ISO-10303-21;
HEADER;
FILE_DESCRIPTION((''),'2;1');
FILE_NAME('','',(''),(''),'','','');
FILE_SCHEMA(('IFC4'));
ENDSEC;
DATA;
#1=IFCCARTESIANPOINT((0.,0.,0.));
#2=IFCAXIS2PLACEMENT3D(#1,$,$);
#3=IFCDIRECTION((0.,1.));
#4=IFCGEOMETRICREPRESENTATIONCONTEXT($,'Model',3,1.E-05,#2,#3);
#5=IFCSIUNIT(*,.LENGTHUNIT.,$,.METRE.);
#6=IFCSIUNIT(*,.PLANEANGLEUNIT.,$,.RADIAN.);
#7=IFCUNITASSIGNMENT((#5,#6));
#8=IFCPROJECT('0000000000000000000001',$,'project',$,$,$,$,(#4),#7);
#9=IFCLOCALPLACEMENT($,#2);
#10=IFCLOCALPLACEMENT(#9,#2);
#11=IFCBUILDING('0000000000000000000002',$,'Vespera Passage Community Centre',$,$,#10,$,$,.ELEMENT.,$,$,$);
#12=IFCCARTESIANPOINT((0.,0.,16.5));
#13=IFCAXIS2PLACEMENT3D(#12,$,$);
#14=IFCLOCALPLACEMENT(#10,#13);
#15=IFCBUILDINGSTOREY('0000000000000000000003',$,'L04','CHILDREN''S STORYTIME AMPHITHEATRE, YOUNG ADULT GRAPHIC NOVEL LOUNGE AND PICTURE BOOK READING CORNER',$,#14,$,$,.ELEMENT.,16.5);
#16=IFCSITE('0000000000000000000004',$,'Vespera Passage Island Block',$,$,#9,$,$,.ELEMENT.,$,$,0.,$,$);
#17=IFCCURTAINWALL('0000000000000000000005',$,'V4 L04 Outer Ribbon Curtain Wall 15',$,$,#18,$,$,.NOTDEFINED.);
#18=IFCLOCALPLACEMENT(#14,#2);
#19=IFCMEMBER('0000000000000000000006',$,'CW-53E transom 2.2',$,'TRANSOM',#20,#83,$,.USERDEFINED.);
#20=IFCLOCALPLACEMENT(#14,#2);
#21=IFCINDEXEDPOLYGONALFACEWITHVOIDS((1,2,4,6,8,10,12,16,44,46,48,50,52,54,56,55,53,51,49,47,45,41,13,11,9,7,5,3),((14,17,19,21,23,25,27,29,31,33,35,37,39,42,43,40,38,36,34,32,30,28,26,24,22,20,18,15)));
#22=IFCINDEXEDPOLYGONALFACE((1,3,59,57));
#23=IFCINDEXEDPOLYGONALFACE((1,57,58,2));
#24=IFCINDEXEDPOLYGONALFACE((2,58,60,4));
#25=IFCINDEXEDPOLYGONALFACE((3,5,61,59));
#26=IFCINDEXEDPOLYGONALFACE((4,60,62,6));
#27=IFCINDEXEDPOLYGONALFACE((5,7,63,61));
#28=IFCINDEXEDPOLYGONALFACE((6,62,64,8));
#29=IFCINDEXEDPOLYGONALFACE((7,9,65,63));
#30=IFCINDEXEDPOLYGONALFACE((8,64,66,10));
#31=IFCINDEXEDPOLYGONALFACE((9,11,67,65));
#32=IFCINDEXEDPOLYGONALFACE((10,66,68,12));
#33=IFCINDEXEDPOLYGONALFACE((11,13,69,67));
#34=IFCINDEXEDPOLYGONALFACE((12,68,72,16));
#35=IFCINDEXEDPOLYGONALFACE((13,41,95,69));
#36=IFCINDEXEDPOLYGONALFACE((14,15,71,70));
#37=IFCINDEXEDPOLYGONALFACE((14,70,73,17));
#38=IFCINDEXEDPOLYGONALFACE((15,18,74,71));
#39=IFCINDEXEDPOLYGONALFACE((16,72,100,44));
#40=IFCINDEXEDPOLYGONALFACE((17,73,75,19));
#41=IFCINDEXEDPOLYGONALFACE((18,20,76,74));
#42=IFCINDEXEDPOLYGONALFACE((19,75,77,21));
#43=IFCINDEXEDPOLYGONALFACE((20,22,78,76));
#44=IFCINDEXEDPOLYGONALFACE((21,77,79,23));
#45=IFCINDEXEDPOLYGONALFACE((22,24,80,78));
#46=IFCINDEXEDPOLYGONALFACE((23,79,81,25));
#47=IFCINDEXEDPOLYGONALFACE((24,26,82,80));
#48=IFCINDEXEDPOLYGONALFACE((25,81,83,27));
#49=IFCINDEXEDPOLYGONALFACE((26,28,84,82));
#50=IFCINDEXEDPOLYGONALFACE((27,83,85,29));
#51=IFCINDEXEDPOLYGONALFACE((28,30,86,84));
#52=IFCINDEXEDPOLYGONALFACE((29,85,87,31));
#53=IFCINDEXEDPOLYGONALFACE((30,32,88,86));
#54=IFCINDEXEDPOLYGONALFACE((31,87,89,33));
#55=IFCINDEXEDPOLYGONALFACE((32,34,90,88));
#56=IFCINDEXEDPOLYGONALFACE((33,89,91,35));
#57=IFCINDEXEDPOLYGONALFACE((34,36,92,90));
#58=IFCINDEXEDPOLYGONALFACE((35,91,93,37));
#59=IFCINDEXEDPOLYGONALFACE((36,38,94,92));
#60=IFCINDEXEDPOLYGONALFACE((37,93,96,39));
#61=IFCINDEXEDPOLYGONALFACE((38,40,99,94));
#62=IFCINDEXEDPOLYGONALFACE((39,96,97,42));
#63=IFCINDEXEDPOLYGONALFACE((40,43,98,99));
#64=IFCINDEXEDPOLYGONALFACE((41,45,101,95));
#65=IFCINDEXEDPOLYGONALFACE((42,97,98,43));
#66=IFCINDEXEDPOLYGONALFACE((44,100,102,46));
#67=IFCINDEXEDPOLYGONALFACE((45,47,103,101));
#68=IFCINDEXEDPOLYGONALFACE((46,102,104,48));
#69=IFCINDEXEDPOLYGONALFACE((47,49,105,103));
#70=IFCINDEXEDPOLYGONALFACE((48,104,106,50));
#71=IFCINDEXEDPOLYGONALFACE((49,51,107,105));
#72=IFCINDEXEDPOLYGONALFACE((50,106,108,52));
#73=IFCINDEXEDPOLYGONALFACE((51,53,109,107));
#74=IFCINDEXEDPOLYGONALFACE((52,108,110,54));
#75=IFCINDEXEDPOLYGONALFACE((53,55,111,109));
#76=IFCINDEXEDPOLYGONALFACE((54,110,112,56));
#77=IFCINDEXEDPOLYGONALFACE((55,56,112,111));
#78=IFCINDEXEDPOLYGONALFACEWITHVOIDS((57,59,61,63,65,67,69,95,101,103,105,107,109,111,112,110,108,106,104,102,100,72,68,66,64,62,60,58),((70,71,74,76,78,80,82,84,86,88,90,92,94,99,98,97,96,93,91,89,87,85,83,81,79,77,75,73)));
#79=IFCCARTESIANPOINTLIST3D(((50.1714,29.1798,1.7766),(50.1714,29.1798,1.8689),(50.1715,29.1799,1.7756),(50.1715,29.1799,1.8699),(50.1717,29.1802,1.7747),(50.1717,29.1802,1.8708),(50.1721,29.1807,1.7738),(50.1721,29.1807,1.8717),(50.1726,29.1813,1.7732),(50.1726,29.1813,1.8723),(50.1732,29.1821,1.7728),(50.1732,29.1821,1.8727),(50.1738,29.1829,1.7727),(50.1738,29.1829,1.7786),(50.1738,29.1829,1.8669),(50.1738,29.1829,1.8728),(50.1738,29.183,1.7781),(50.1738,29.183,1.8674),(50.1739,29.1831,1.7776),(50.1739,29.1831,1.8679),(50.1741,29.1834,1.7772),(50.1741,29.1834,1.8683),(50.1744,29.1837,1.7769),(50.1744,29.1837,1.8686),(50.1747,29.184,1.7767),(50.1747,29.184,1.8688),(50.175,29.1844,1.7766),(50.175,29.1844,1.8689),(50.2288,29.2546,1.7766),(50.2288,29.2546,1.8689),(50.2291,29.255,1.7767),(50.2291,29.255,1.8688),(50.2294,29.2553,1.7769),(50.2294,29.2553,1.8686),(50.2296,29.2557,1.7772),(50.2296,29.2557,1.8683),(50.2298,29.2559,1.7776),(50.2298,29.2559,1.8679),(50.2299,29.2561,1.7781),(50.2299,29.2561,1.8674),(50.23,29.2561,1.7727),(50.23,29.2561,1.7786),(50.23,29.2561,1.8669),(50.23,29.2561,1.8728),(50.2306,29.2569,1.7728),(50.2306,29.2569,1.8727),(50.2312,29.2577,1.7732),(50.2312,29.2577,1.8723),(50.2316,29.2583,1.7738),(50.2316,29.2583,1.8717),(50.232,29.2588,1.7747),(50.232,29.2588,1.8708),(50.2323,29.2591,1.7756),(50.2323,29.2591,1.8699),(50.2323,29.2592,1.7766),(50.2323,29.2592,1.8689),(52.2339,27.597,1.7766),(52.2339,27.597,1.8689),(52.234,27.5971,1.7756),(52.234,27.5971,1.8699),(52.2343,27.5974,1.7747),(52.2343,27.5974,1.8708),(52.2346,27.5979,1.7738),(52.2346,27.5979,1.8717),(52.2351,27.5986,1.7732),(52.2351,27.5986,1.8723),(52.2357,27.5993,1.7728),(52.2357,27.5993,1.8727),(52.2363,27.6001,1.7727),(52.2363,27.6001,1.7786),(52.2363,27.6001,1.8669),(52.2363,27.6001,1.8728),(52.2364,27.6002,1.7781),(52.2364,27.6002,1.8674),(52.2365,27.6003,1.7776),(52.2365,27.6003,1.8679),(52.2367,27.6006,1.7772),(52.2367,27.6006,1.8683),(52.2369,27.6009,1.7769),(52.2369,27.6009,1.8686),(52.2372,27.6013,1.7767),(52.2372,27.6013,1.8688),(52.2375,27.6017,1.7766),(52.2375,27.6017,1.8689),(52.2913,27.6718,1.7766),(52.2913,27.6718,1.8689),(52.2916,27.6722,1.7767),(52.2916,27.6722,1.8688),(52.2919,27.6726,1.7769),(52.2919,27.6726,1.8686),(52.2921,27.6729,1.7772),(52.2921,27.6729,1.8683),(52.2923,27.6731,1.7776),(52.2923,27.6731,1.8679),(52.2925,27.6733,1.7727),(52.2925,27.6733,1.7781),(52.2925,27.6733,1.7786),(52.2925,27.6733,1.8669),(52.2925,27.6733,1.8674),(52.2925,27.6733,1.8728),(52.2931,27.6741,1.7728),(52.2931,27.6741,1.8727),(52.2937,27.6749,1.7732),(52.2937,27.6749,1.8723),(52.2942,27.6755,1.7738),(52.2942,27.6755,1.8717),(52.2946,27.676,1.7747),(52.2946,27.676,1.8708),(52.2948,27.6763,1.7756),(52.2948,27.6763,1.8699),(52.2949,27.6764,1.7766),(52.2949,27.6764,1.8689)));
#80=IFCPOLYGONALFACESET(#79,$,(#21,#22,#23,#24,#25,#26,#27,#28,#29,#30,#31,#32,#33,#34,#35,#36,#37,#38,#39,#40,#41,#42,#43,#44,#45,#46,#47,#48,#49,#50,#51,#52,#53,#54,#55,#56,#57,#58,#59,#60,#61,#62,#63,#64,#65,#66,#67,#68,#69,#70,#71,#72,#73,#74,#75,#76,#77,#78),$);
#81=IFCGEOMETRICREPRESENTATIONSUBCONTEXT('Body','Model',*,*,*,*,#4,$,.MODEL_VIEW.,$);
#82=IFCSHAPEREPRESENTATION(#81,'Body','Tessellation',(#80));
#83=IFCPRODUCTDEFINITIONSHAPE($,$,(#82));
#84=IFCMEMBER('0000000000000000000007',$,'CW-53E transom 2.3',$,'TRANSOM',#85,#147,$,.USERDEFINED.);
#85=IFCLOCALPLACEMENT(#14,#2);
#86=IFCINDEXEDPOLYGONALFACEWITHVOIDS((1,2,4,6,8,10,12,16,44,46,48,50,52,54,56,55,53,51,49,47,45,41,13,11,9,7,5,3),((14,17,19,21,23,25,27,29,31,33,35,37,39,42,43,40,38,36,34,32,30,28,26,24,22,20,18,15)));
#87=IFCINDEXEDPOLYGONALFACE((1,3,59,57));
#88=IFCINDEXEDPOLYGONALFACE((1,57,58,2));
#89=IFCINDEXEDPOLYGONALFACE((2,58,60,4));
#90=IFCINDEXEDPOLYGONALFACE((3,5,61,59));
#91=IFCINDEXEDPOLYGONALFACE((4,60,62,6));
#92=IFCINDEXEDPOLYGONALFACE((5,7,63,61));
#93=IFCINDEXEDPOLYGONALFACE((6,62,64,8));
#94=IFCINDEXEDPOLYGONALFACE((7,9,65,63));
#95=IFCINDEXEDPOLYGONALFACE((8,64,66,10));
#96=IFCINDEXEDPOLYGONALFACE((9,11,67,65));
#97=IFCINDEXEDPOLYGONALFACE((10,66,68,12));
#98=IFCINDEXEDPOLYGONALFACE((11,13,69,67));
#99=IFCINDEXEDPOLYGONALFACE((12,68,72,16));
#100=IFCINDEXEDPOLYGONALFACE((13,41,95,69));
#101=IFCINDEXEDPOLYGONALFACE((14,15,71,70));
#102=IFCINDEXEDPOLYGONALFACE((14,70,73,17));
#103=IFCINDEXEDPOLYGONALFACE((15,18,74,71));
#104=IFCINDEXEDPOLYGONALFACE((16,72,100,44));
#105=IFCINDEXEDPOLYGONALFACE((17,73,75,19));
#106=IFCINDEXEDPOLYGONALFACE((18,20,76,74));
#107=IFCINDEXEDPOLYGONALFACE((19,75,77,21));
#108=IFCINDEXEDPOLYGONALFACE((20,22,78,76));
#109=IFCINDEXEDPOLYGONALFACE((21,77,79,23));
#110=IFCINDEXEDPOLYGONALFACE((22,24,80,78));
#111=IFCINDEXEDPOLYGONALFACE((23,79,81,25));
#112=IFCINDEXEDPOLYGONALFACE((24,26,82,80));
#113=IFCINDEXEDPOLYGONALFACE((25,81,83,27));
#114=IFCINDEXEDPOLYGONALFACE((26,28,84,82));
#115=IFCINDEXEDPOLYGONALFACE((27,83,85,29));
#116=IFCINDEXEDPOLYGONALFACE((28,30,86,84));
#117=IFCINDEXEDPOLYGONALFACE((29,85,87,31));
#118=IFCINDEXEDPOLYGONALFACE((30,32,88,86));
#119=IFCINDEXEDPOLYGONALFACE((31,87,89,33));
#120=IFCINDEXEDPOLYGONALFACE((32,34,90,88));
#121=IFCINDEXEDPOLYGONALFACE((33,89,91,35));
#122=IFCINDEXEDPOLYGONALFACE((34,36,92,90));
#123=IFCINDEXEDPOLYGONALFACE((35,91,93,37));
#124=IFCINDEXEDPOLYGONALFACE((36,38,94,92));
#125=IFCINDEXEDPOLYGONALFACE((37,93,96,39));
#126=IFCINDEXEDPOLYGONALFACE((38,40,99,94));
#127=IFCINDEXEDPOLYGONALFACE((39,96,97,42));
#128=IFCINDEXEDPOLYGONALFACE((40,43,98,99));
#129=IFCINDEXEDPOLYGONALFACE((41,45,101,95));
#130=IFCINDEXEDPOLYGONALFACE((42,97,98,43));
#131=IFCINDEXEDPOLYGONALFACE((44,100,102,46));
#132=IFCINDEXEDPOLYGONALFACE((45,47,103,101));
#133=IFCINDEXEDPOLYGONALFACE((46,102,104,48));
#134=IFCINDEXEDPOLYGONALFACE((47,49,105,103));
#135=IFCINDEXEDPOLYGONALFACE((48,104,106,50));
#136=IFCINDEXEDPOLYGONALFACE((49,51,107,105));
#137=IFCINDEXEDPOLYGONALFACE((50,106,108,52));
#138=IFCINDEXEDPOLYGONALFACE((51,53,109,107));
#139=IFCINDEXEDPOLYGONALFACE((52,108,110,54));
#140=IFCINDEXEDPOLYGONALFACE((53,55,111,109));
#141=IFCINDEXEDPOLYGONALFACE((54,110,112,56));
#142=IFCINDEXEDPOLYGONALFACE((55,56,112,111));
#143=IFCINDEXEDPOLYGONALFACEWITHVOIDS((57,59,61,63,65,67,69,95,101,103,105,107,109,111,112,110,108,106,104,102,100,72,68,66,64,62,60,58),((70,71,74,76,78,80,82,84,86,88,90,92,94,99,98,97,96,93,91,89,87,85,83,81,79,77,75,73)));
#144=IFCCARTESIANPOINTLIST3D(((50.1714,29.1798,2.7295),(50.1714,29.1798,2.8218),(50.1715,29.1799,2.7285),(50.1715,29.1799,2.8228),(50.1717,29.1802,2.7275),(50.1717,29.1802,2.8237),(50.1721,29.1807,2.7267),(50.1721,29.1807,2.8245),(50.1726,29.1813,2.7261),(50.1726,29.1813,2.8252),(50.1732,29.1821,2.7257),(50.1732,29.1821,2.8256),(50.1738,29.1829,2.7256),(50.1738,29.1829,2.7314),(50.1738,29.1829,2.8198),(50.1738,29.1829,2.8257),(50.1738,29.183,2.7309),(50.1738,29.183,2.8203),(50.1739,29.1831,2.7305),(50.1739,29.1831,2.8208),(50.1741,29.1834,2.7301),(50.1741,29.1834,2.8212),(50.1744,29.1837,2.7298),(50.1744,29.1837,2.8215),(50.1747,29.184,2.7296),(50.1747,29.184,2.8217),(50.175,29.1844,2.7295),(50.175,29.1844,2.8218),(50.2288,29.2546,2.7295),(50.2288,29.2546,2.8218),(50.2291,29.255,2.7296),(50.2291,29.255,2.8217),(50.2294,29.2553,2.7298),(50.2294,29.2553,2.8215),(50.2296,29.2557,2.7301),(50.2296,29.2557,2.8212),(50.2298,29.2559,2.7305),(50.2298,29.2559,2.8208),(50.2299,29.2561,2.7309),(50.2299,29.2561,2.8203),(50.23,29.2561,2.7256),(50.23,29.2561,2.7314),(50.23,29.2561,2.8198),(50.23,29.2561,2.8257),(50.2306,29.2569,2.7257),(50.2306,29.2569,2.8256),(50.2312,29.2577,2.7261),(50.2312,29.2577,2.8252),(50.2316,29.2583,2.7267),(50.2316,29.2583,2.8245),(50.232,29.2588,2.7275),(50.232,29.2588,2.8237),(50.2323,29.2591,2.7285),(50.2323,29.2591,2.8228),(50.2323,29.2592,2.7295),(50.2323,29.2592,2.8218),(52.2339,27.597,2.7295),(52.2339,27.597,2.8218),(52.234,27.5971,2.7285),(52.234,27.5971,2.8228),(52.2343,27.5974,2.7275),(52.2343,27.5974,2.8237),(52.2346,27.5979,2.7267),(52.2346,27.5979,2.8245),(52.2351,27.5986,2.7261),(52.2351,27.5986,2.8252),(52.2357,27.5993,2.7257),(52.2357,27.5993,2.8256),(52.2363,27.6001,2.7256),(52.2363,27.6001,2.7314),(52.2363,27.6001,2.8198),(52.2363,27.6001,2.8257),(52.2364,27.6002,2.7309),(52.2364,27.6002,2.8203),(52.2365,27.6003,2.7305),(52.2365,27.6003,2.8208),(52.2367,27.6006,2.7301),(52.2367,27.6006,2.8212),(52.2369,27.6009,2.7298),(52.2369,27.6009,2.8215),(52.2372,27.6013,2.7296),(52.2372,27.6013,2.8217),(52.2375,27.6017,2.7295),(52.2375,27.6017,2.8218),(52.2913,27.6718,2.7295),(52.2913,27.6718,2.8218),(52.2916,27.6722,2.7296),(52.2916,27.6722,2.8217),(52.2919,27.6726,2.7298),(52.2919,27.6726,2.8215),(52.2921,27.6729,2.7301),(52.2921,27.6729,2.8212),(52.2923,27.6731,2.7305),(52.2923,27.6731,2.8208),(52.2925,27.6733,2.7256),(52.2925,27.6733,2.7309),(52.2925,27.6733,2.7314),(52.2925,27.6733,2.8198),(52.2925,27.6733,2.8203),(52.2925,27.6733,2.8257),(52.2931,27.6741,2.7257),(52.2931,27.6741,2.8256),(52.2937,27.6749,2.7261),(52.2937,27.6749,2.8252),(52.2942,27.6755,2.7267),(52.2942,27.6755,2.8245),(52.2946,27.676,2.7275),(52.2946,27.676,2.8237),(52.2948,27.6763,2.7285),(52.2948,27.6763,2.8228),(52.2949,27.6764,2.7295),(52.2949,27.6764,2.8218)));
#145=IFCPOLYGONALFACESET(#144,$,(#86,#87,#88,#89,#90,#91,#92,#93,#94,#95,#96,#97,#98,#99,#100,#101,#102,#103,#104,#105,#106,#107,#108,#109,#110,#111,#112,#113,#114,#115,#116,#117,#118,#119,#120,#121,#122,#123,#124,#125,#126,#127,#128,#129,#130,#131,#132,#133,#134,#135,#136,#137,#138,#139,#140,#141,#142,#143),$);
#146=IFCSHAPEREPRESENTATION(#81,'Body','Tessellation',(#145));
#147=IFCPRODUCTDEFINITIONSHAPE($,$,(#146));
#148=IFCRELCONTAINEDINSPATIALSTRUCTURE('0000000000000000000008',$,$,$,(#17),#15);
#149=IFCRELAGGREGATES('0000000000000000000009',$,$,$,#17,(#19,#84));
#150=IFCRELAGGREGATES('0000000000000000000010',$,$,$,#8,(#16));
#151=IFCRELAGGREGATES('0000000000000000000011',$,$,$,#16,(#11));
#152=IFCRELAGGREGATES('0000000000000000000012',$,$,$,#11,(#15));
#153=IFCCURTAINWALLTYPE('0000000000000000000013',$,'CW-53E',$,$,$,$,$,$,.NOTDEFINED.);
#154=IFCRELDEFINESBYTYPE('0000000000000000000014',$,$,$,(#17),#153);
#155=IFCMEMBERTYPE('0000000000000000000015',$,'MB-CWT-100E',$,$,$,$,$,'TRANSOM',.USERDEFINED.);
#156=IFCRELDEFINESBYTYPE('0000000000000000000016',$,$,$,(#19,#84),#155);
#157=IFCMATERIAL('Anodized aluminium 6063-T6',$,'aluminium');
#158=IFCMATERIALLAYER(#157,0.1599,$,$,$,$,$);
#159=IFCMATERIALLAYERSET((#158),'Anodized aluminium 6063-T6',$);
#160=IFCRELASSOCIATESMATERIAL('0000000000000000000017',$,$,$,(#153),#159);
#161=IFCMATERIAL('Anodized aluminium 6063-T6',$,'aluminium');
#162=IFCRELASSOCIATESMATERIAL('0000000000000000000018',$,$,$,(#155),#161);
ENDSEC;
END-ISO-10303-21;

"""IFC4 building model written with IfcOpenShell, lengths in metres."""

from ifc_helpers import new_model, si_unit, direction, frame, origin, origin_2d, place, context, subcontext, project, spatial, hollow_rectangle, extrude, material, layer, layer_set, material_profile, profile_set, type_object, element, aggregate, save


model = new_model("IFC4")

# Units and contexts
model_context = context("Model", 3, precision=1e-05, world=origin(), true_north=direction((0.0, 1.0)))
body_context = subcontext(model_context, "Body", "Model", "MODEL_VIEW")
ifc_project = project(units=[si_unit("LENGTHUNIT", "METRE"), si_unit("PLANEANGLEUNIT", "RADIAN")], contexts=[model_context])

# Site, building, storey
site_placement = place(None, origin())
site = spatial("IfcSite", under=ifc_project, at=site_placement, Name="Vespera Passage Island Block", CompositionType="ELEMENT", RefElevation=0.0)
building_placement = place(site_placement, origin())
building = spatial("IfcBuilding", under=site, at=building_placement, Name="Vespera Passage Community Centre", CompositionType="ELEMENT")
storey_placement = place(building_placement, frame((0.0, 0.0, 16.5)))
storey = spatial("IfcBuildingStorey", under=building, at=storey_placement, Name="L04", Description="CHILDREN'S STORYTIME AMPHITHEATRE, YOUNG ADULT GRAPHIC NOVEL LOUNGE AND PICTURE BOOK READING CORNER", CompositionType="ELEMENT", Elevation=16.5)

# Curtain wall, members
ifc_material_1 = material(Name="Anodized aluminium 6063-T6", Category="aluminium")
ifc_layer_1 = layer(ifc_material_1, 0.1599)
ifc_layer_set_1 = layer_set([ifc_layer_1], Name="Anodized aluminium 6063-T6")
curtain_wall_type = type_object("IfcCurtainWallType", Name="CW-53E", PredefinedType="NOTDEFINED", material=ifc_layer_set_1)
curtain_wall_placement = place(storey_placement, origin())
curtain_wall = element("IfcCurtainWall", 1, at=curtain_wall_placement, inside=storey, type_object=curtain_wall_type, Name="V4 L04 Outer Ribbon Curtain Wall 15", PredefinedType="NOTDEFINED")
ifc_material_2 = material(Name="Anodized aluminium 6063-T6", Category="aluminium")
ifc_material_profile_1 = material_profile(ifc_material_2, hollow_rectangle(XDim=0.1001, YDim=0.1001, WallThickness=0.0039, InnerFilletRadius=0.002, OuterFilletRadius=0.0039, at=origin_2d()), Name="ALU100X100X4")
ifc_profile_set_1 = profile_set([ifc_material_profile_1], Name="Anodized aluminium 6063-T6")
member_type_1 = type_object("IfcMemberType", Name="MB-CWT-100E", ElementType="TRANSOM", PredefinedType="USERDEFINED", material=ifc_profile_set_1)
member_1_placement = place(storey_placement, frame((52.2644, 27.6367, 1.8228), z_axis=(-0.793325, 0.608798, 0.0), x_axis=(-0.608798, -0.793325, 0.0)))
member_1 = element("IfcMember", 2, at=member_1_placement, type_object=member_type_1, Name="CW-53E transom 2.2", ObjectType="TRANSOM", PredefinedType="USERDEFINED", context=body_context, shape_type="SweptSolid", body=[
    extrude(hollow_rectangle(XDim=0.1001, YDim=0.1001, WallThickness=0.0039, InnerFilletRadius=0.002, OuterFilletRadius=0.0039, at=origin_2d()), origin(), (0.0, 0.0, 1.0), 2.5999),
])
member_2_placement = place(storey_placement, frame((52.2644, 27.6367, 2.7756), z_axis=(-0.793325, 0.608798, 0.0), x_axis=(-0.608798, -0.793325, 0.0)))
member_2 = element("IfcMember", 3, at=member_2_placement, type_object=member_type_1, Name="CW-53E transom 2.3", ObjectType="TRANSOM", PredefinedType="USERDEFINED", context=body_context, shape_type="SweptSolid", body=[
    extrude(hollow_rectangle(XDim=0.1001, YDim=0.1001, WallThickness=0.0039, InnerFilletRadius=0.002, OuterFilletRadius=0.0039, at=origin_2d()), origin(), (0.0, 0.0, 1.0), 2.5999),
])
aggregate(curtain_wall, [member_1, member_2])

save(model, "model.ifc")
